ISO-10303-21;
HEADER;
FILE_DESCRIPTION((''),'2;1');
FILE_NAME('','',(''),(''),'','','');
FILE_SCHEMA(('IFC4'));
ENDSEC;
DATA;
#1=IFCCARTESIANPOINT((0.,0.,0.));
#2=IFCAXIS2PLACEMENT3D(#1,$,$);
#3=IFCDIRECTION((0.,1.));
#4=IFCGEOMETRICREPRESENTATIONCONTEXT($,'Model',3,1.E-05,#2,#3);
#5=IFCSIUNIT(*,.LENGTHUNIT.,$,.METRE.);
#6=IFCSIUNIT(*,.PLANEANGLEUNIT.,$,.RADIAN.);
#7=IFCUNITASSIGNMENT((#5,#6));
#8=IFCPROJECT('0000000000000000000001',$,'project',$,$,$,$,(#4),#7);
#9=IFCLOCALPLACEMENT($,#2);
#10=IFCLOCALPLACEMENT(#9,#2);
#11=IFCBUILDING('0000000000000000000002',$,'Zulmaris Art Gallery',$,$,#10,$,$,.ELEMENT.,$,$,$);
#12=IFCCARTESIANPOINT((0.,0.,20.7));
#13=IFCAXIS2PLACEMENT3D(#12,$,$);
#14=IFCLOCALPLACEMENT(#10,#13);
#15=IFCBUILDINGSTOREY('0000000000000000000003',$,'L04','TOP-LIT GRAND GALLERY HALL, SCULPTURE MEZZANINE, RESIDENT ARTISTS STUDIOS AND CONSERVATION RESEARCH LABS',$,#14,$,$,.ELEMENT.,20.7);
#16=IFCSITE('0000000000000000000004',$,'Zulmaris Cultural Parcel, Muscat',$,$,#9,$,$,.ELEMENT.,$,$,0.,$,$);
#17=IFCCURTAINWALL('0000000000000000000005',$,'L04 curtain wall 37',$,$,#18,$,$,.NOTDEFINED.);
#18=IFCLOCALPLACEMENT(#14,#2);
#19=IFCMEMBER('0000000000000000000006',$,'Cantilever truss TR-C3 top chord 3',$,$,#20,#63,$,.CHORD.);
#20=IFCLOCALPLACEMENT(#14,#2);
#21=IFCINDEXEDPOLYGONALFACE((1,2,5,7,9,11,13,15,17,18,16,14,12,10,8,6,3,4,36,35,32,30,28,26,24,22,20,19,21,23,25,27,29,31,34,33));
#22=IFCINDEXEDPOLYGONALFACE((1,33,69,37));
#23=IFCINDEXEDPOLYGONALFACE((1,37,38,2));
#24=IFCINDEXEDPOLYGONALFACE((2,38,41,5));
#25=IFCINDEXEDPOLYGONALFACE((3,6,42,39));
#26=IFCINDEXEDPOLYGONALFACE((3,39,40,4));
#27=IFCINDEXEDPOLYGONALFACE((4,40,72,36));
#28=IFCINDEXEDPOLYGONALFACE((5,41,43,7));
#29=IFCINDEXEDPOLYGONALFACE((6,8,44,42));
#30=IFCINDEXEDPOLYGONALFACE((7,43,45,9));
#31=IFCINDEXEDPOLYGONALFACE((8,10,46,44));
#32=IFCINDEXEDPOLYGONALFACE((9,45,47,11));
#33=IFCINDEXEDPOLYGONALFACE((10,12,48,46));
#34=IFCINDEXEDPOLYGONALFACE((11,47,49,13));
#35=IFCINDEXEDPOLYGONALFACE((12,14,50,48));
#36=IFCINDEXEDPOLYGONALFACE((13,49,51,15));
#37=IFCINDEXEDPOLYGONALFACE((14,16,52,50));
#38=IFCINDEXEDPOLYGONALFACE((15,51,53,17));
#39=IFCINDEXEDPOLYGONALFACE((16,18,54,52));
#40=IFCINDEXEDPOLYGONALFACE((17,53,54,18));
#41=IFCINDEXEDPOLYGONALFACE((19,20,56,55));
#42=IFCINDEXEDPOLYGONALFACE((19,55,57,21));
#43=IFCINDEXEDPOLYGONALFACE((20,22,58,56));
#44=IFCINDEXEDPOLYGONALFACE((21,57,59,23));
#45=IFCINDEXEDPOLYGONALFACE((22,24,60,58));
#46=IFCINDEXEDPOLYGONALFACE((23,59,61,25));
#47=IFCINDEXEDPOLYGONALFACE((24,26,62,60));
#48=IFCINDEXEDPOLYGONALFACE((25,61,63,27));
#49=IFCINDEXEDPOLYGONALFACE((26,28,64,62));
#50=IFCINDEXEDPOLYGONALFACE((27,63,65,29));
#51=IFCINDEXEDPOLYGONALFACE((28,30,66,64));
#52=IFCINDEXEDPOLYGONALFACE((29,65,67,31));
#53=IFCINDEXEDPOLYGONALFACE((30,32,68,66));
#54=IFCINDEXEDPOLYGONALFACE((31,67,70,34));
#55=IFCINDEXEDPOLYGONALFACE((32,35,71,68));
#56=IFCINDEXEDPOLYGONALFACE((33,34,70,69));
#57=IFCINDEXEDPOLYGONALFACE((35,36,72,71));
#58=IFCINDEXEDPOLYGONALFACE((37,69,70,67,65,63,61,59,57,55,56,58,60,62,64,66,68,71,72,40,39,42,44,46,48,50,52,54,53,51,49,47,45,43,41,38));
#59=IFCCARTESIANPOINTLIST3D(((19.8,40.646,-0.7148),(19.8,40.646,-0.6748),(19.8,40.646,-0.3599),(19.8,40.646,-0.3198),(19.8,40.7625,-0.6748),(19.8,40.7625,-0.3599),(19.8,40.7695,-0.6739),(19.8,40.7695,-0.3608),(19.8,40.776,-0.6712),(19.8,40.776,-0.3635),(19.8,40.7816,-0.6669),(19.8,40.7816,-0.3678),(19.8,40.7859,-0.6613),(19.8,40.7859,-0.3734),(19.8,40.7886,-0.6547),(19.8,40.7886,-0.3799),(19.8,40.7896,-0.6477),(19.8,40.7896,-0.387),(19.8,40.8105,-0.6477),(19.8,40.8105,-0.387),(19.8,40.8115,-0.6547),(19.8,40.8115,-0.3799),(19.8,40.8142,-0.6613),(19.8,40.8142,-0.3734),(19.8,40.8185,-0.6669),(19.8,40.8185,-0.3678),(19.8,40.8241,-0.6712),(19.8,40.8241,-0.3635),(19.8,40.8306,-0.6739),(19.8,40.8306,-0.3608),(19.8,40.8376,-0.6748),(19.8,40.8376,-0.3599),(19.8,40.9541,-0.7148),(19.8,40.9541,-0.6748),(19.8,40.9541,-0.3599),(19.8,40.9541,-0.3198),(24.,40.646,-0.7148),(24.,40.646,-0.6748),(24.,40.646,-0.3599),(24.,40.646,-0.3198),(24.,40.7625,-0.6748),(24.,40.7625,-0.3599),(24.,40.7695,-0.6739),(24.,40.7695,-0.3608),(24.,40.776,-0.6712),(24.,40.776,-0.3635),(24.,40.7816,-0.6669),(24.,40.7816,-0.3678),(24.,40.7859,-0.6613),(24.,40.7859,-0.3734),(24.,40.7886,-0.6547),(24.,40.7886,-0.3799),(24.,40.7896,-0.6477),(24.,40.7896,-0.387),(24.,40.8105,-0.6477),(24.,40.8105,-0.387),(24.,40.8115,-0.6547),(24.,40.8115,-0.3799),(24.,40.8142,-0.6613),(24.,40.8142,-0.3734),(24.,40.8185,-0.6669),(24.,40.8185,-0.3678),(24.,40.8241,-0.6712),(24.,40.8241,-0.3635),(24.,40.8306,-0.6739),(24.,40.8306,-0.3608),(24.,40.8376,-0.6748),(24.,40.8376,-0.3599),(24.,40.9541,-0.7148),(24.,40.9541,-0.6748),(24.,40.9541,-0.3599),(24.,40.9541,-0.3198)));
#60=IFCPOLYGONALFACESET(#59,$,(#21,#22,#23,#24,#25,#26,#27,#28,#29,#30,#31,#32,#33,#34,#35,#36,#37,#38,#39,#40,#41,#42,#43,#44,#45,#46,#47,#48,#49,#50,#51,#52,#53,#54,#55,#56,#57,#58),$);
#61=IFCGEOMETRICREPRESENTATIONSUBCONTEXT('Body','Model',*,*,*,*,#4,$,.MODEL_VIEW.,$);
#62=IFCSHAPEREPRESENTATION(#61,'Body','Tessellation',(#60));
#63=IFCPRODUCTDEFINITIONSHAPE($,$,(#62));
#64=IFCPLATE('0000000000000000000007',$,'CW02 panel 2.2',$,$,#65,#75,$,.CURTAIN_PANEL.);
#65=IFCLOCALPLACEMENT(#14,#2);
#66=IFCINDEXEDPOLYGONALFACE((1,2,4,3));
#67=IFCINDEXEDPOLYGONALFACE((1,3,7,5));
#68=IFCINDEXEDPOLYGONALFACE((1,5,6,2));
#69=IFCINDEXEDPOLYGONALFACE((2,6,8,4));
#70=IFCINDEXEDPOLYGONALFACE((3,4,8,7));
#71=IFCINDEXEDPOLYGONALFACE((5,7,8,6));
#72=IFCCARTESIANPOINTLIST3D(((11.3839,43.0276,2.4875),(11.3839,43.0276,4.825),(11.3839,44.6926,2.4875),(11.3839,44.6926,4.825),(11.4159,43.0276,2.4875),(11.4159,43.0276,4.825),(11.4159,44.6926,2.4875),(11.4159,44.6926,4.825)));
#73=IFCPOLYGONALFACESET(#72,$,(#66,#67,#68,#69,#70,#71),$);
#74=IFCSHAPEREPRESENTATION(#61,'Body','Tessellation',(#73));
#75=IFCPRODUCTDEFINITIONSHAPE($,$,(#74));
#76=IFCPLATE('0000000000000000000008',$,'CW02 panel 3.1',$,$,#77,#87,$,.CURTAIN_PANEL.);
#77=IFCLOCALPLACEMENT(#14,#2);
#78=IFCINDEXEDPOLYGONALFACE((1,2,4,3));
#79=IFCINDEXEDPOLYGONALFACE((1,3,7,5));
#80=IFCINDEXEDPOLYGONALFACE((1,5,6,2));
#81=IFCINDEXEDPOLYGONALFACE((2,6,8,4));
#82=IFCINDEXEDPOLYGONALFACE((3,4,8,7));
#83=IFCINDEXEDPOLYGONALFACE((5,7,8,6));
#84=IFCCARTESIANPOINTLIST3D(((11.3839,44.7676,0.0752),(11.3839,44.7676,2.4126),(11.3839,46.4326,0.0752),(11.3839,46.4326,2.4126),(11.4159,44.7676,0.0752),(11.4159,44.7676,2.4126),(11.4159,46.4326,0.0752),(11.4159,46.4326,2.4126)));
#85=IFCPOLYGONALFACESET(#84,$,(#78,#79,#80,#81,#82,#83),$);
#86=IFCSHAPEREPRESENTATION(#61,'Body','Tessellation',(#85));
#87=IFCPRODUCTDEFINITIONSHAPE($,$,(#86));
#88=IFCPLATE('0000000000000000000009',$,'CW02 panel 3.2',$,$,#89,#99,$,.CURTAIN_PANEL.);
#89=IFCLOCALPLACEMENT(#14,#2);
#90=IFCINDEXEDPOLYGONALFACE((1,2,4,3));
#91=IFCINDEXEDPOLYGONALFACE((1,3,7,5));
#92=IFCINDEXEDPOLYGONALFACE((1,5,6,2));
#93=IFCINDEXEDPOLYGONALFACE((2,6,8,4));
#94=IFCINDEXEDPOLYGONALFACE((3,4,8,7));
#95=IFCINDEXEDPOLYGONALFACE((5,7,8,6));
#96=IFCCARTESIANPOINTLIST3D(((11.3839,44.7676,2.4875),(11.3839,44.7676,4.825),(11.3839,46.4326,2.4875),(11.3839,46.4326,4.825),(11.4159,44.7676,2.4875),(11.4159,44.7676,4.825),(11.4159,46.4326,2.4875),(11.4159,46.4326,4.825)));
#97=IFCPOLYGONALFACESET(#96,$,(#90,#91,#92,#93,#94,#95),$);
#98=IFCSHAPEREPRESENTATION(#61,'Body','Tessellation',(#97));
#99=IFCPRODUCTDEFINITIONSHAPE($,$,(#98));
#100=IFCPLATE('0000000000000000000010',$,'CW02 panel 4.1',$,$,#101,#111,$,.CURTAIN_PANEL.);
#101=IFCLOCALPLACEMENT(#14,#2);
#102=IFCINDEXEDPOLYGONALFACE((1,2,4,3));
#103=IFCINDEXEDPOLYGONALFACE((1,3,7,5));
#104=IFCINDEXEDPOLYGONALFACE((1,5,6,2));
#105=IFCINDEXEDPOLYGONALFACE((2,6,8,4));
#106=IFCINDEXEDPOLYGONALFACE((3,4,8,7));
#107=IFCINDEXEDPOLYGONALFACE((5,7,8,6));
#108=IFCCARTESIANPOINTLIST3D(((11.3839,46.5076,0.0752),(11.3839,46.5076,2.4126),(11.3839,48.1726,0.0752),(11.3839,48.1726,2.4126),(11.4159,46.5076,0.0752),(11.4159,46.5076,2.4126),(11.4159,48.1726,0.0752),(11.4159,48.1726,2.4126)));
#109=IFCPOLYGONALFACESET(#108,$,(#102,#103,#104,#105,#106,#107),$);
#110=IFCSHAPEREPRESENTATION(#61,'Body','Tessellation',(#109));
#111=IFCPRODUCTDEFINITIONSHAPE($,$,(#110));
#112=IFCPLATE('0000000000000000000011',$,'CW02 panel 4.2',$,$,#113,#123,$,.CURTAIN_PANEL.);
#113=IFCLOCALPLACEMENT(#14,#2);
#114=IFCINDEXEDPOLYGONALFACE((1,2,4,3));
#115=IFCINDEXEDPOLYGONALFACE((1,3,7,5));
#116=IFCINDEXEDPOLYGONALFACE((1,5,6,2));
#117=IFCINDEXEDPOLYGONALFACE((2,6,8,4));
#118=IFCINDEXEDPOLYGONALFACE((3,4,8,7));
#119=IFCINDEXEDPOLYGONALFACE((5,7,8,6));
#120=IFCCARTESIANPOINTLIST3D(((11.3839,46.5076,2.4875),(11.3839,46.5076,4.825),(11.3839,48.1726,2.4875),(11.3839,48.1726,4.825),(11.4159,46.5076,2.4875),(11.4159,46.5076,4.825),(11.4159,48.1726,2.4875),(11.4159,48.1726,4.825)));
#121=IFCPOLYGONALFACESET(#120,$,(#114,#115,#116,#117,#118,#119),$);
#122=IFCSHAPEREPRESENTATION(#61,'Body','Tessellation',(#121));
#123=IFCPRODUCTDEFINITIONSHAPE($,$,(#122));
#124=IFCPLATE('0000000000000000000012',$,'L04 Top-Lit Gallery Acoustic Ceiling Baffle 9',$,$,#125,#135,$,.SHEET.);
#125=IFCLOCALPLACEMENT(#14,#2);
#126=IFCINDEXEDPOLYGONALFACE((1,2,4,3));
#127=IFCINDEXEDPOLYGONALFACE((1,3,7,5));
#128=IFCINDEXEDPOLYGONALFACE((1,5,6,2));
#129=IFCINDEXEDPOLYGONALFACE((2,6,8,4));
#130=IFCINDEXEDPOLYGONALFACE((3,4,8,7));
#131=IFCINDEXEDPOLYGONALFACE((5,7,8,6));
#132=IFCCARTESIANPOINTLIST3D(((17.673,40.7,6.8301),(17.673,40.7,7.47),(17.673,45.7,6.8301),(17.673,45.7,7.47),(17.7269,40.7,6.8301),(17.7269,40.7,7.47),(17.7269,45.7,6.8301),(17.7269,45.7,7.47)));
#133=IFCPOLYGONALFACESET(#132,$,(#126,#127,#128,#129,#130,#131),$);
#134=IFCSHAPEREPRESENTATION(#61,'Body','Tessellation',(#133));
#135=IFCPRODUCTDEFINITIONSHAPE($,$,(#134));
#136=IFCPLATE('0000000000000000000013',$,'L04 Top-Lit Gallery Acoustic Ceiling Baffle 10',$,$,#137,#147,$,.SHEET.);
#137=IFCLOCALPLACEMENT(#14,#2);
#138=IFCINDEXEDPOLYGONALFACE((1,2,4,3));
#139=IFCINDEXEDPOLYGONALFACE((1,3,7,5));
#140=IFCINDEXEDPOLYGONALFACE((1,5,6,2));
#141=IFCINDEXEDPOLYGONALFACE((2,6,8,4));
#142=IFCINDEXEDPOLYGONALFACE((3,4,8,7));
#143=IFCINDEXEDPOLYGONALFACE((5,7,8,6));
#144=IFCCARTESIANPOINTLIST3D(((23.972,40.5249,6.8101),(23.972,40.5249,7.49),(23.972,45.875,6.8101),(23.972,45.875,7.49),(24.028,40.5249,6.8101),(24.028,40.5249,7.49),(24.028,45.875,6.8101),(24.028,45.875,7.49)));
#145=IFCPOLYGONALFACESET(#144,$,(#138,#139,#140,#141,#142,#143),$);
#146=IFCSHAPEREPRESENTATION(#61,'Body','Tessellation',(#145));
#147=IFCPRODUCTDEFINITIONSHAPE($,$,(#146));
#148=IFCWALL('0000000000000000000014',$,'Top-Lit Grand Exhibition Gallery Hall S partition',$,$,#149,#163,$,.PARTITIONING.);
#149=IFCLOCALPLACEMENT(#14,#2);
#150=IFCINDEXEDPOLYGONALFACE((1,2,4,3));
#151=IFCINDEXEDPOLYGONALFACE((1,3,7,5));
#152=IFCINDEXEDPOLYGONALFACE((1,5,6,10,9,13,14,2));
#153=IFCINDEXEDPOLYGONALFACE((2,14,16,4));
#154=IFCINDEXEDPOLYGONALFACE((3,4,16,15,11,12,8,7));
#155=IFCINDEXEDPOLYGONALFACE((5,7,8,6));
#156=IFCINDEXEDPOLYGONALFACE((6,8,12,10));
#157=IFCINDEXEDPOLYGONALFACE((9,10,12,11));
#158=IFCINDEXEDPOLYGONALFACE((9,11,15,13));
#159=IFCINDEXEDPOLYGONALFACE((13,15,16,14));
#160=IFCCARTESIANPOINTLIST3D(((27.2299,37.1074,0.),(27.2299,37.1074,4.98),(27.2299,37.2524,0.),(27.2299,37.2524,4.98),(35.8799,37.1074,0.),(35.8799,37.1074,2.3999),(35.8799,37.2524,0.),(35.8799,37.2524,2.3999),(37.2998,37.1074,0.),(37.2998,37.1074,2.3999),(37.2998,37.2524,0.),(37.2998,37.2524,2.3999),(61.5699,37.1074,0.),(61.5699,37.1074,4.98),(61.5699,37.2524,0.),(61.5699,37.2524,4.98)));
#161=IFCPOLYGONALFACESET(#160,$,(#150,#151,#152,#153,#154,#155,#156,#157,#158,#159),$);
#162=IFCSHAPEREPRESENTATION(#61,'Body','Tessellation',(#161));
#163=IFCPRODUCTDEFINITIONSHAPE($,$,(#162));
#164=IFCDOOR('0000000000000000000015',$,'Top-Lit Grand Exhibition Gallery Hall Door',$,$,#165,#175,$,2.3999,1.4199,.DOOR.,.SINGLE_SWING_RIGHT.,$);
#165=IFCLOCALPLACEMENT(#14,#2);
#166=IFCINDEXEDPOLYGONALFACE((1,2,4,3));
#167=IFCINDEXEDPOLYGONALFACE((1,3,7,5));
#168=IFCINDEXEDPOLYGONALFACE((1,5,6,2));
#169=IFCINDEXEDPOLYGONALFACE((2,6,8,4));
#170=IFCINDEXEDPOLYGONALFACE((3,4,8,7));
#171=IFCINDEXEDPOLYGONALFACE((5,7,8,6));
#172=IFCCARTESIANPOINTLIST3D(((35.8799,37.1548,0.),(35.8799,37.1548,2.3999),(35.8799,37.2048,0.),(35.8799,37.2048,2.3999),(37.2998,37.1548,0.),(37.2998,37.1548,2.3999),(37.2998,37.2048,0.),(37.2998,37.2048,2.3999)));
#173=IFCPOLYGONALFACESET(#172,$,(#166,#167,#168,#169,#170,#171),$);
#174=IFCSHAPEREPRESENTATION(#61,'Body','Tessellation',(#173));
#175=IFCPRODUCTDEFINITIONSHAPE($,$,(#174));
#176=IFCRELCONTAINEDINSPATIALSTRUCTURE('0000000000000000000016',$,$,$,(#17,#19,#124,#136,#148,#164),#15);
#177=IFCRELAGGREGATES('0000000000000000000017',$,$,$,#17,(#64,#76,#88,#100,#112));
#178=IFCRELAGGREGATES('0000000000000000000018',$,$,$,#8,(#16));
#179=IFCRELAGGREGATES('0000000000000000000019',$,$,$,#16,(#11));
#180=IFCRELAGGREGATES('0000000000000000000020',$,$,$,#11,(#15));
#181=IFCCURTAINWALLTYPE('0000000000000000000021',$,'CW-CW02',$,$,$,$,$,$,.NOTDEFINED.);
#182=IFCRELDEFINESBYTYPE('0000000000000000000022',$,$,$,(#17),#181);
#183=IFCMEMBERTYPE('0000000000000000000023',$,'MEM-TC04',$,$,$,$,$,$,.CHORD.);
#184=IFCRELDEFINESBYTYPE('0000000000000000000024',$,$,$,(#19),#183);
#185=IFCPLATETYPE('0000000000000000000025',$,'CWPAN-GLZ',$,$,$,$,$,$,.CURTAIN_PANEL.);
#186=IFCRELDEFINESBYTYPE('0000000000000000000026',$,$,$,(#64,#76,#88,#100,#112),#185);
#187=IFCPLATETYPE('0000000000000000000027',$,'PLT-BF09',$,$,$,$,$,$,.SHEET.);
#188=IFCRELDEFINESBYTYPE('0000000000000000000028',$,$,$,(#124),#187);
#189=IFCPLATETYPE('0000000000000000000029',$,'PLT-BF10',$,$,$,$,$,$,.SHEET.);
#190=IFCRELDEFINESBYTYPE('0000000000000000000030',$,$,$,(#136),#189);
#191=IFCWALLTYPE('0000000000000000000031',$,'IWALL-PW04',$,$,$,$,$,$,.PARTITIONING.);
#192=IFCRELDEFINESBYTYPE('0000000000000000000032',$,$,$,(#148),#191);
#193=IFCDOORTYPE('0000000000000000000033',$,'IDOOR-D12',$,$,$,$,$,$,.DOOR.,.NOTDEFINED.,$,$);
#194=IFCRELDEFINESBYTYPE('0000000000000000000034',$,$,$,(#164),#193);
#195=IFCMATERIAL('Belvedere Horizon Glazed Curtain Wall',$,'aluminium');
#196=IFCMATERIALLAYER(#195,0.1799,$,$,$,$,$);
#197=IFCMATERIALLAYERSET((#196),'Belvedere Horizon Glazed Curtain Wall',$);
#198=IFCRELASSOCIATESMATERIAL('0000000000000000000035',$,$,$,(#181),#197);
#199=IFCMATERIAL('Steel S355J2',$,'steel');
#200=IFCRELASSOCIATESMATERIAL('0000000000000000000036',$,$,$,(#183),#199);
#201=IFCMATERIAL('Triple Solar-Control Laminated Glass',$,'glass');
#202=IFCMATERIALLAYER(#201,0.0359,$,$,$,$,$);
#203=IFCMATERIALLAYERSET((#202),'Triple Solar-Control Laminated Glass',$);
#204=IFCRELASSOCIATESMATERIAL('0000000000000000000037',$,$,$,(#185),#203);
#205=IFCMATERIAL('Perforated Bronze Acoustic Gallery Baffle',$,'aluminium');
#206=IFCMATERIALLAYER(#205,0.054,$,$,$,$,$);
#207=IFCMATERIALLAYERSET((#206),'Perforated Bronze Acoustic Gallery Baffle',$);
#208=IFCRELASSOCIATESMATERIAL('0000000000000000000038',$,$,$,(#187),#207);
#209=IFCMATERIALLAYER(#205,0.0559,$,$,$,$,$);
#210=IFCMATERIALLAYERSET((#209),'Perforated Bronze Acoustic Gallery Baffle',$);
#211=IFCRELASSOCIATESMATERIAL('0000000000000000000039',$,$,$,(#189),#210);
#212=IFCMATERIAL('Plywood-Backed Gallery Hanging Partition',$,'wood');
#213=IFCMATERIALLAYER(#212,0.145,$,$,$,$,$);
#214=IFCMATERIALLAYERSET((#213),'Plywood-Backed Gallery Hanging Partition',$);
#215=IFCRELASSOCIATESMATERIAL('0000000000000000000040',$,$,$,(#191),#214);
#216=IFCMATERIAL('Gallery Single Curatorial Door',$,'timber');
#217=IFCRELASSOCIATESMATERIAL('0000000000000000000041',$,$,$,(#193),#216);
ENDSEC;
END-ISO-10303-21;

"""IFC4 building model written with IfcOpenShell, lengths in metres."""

from ifc_helpers import new_model, si_unit, direction, frame, frame_2d, origin, origin_2d, place, context, subcontext, project, spatial, rectangle, i_section, extrude, material, layer, layer_set, material_profile, profile_set, type_object, element, fill, aggregate, save


model = new_model("IFC4")

# Units and contexts
model_context = context("Model", 3, precision=1e-05, world=origin(), true_north=direction((0.0, 1.0)))
body_context = subcontext(model_context, "Body", "Model", "MODEL_VIEW")
ifc_project = project(units=[si_unit("LENGTHUNIT", "METRE"), si_unit("PLANEANGLEUNIT", "RADIAN")], contexts=[model_context])

# Site, building, storey
site_placement = place(None, origin())
site = spatial("IfcSite", under=ifc_project, at=site_placement, Name="Zulmaris Cultural Parcel, Muscat", CompositionType="ELEMENT", RefElevation=0.0)
building_placement = place(site_placement, origin())
building = spatial("IfcBuilding", under=site, at=building_placement, Name="Zulmaris Art Gallery", CompositionType="ELEMENT")
storey_placement = place(building_placement, frame((0.0, 0.0, 20.7)))
storey = spatial("IfcBuildingStorey", under=building, at=storey_placement, Name="L04", Description="TOP-LIT GRAND GALLERY HALL, SCULPTURE MEZZANINE, RESIDENT ARTISTS STUDIOS AND CONSERVATION RESEARCH LABS", CompositionType="ELEMENT", Elevation=20.7)

# Shared definitions
ifc_material_1 = material(Name="Steel S355J2", Category="steel")

# Curtain wall
ifc_material_2 = material(Name="Belvedere Horizon Glazed Curtain Wall", Category="aluminium")
ifc_layer_1 = layer(ifc_material_2, 0.1799)
ifc_layer_set_1 = layer_set([ifc_layer_1], Name="Belvedere Horizon Glazed Curtain Wall")
curtain_wall_type = type_object("IfcCurtainWallType", Name="CW-CW02", PredefinedType="NOTDEFINED", material=ifc_layer_set_1)
curtain_wall_placement = place(storey_placement, origin())
curtain_wall = element("IfcCurtainWall", 1, at=curtain_wall_placement, inside=storey, type_object=curtain_wall_type, Name="L04 curtain wall 37", PredefinedType="NOTDEFINED")

# Member
ifc_material_profile_1 = material_profile(ifc_material_1, i_section(OverallWidth=0.3081, OverallDepth=0.395, WebThickness=0.021, FlangeThickness=0.04, FilletRadius=0.0271, at=origin_2d()), Name="HEM 360")
ifc_profile_set_1 = profile_set([ifc_material_profile_1], Name="Steel S355J2")
member_type_1 = type_object("IfcMemberType", Name="MEM-TC04", PredefinedType="CHORD", material=ifc_profile_set_1)
for number, where, z_axis, x_axis, name in (
    (2, (19.8, 40.8, -0.5173), (1.0, 0.0, 0.0), (0.0, 1.0, 0.0), "Cantilever truss TR-C3 top chord 3"),
):
    element("IfcMember", number, at=place(storey_placement, frame(where, z_axis=z_axis, x_axis=x_axis)), inside=storey, type_object=member_type_1, Name=name, PredefinedType="CHORD", context=body_context, shape_type="SweptSolid", body=[
        extrude(i_section(OverallWidth=0.3081, OverallDepth=0.395, WebThickness=0.021, FlangeThickness=0.04, FilletRadius=0.0271, at=origin_2d()), origin(), (0.0, 0.0, 1.0), 4.2),
    ])

# Plates
ifc_material_3 = material(Name="Triple Solar-Control Laminated Glass", Category="glass")
ifc_layer_2 = layer(ifc_material_3, 0.0359)
ifc_layer_set_2 = layer_set([ifc_layer_2], Name="Triple Solar-Control Laminated Glass")
plate_type_1 = type_object("IfcPlateType", Name="CWPAN-GLZ", PredefinedType="CURTAIN_PANEL", material=ifc_layer_set_2)
plate_1_placement = place(storey_placement, frame((11.3999, 43.8601, 2.4875), z_axis=(0.0, 0.0, 1.0), x_axis=(0.0, 1.0, 0.0)))
plate_1 = element("IfcPlate", 3, at=plate_1_placement, type_object=plate_type_1, Name="CW02 panel 2.2", PredefinedType="CURTAIN_PANEL", context=body_context, shape_type="SweptSolid", body=[
    extrude(rectangle(XDim=1.665, YDim=0.032, at=origin_2d()), origin(), (0.0, 0.0, 1.0), 2.3374),
])
plate_2_placement = place(storey_placement, frame((11.3999, 45.6001, 0.0752), z_axis=(0.0, 0.0, 1.0), x_axis=(0.0, 1.0, 0.0)))
plate_2 = element("IfcPlate", 4, at=plate_2_placement, type_object=plate_type_1, Name="CW02 panel 3.1", PredefinedType="CURTAIN_PANEL", context=body_context, shape_type="SweptSolid", body=[
    extrude(rectangle(XDim=1.665, YDim=0.032, at=origin_2d()), origin(), (0.0, 0.0, 1.0), 2.3374),
])
plate_3_placement = place(storey_placement, frame((11.3999, 45.6001, 2.4875), z_axis=(0.0, 0.0, 1.0), x_axis=(0.0, 1.0, 0.0)))
plate_3 = element("IfcPlate", 5, at=plate_3_placement, type_object=plate_type_1, Name="CW02 panel 3.2", PredefinedType="CURTAIN_PANEL", context=body_context, shape_type="SweptSolid", body=[
    extrude(rectangle(XDim=1.665, YDim=0.032, at=origin_2d()), origin(), (0.0, 0.0, 1.0), 2.3374),
])
plate_4_placement = place(storey_placement, frame((11.3999, 47.3401, 0.0752), z_axis=(0.0, 0.0, 1.0), x_axis=(0.0, 1.0, 0.0)))
plate_4 = element("IfcPlate", 6, at=plate_4_placement, type_object=plate_type_1, Name="CW02 panel 4.1", PredefinedType="CURTAIN_PANEL", context=body_context, shape_type="SweptSolid", body=[
    extrude(rectangle(XDim=1.665, YDim=0.032, at=origin_2d()), origin(), (0.0, 0.0, 1.0), 2.3374),
])
plate_5_placement = place(storey_placement, frame((11.3999, 47.3401, 2.4875), z_axis=(0.0, 0.0, 1.0), x_axis=(0.0, 1.0, 0.0)))
plate_5 = element("IfcPlate", 7, at=plate_5_placement, type_object=plate_type_1, Name="CW02 panel 4.2", PredefinedType="CURTAIN_PANEL", context=body_context, shape_type="SweptSolid", body=[
    extrude(rectangle(XDim=1.665, YDim=0.032, at=origin_2d()), origin(), (0.0, 0.0, 1.0), 2.3374),
])
aggregate(curtain_wall, [plate_1, plate_2, plate_3, plate_4, plate_5])

# Plates
ifc_material_4 = material(Name="Perforated Bronze Acoustic Gallery Baffle", Category="aluminium")
ifc_layer_3 = layer(ifc_material_4, 0.054)
ifc_layer_set_3 = layer_set([ifc_layer_3], Name="Perforated Bronze Acoustic Gallery Baffle")
plate_type_2 = type_object("IfcPlateType", Name="PLT-BF09", PredefinedType="SHEET", material=ifc_layer_set_3)
plate_6_placement = place(storey_placement, frame((17.7, 43.2, 6.8301), z_axis=(0.0, 0.0, 1.0), x_axis=(1.0, 0.0, 0.0)))
element("IfcPlate", 8, at=plate_6_placement, inside=storey, type_object=plate_type_2, Name="L04 Top-Lit Gallery Acoustic Ceiling Baffle 9", PredefinedType="SHEET", context=body_context, shape_type="SweptSolid", body=[
    extrude(rectangle(XDim=0.054, YDim=5.0, at=origin_2d()), origin(), (0.0, 0.0, 1.0), 0.6399),
])
ifc_layer_4 = layer(ifc_material_4, 0.0559)
ifc_layer_set_4 = layer_set([ifc_layer_4], Name="Perforated Bronze Acoustic Gallery Baffle")
plate_type_3 = type_object("IfcPlateType", Name="PLT-BF10", PredefinedType="SHEET", material=ifc_layer_set_4)
plate_7_placement = place(storey_placement, frame((24.0, 43.2, 6.8101), z_axis=(0.0, 0.0, 1.0), x_axis=(1.0, 0.0, 0.0)))
element("IfcPlate", 9, at=plate_7_placement, inside=storey, type_object=plate_type_3, Name="L04 Top-Lit Gallery Acoustic Ceiling Baffle 10", PredefinedType="SHEET", context=body_context, shape_type="SweptSolid", body=[
    extrude(rectangle(XDim=0.0559, YDim=5.3501, at=origin_2d()), origin(), (0.0, 0.0, 1.0), 0.6799),
])

# Wall, opening, door
ifc_material_5 = material(Name="Plywood-Backed Gallery Hanging Partition", Category="wood")
ifc_layer_5 = layer(ifc_material_5, 0.145)
ifc_layer_set_5 = layer_set([ifc_layer_5], Name="Plywood-Backed Gallery Hanging Partition")
wall_type = type_object("IfcWallType", Name="IWALL-PW04", PredefinedType="PARTITIONING", material=ifc_layer_set_5)
wall_placement = place(storey_placement, frame((27.23, 37.1799, 0.0), z_axis=(0.0, 0.0, 1.0), x_axis=(1.0, 0.0, 0.0)))
wall = element("IfcWall", 10, at=wall_placement, inside=storey, type_object=wall_type, Name="Top-Lit Grand Exhibition Gallery Hall S partition", PredefinedType="PARTITIONING", context=body_context, shape_type="SweptSolid", body=[
    extrude(rectangle(XDim=34.3401, YDim=0.145, at=frame_2d((17.1699, 0.0))), origin(), (0.0, 0.0, 1.0), 4.98),
])
opening_placement = place(wall_placement, frame((8.6499, 0.0, 0.0)))
opening = element("IfcOpeningElement", 11, at=opening_placement, cuts=wall, PredefinedType="OPENING", context=body_context, shape_type="SweptSolid", body=[
    extrude(rectangle(XDim=1.4199, YDim=2.3999, at=frame_2d((0.71, 1.2))), frame((0.0, 0.0825, 0.0), z_axis=(0.0, -1.0, 0.0), x_axis=(1.0, 0.0, 0.0)), (0.0, 0.0, 1.0), 0.165),
])
ifc_material_6 = material(Name="Gallery Single Curatorial Door", Category="timber")
door_type = type_object("IfcDoorType", Name="IDOOR-D12", OperationType="NOTDEFINED", PredefinedType="DOOR", material=ifc_material_6)
door_placement = place(opening_placement, origin())
door = element("IfcDoor", 12, at=door_placement, inside=storey, type_object=door_type, Name="Top-Lit Grand Exhibition Gallery Hall Door", OperationType="SINGLE_SWING_RIGHT", OverallHeight=2.3999, OverallWidth=1.4199, PredefinedType="DOOR", context=body_context, shape_type="SweptSolid", body=[
    extrude(rectangle(XDim=1.4199, YDim=2.3999, at=frame_2d((0.71, 1.2))), frame((0.0, 0.0249, 0.0), z_axis=(0.0, -1.0, 0.0), x_axis=(1.0, 0.0, 0.0)), (0.0, 0.0, 1.0), 0.05),
])
fill(opening, door)

save(model, "model.ifc")
